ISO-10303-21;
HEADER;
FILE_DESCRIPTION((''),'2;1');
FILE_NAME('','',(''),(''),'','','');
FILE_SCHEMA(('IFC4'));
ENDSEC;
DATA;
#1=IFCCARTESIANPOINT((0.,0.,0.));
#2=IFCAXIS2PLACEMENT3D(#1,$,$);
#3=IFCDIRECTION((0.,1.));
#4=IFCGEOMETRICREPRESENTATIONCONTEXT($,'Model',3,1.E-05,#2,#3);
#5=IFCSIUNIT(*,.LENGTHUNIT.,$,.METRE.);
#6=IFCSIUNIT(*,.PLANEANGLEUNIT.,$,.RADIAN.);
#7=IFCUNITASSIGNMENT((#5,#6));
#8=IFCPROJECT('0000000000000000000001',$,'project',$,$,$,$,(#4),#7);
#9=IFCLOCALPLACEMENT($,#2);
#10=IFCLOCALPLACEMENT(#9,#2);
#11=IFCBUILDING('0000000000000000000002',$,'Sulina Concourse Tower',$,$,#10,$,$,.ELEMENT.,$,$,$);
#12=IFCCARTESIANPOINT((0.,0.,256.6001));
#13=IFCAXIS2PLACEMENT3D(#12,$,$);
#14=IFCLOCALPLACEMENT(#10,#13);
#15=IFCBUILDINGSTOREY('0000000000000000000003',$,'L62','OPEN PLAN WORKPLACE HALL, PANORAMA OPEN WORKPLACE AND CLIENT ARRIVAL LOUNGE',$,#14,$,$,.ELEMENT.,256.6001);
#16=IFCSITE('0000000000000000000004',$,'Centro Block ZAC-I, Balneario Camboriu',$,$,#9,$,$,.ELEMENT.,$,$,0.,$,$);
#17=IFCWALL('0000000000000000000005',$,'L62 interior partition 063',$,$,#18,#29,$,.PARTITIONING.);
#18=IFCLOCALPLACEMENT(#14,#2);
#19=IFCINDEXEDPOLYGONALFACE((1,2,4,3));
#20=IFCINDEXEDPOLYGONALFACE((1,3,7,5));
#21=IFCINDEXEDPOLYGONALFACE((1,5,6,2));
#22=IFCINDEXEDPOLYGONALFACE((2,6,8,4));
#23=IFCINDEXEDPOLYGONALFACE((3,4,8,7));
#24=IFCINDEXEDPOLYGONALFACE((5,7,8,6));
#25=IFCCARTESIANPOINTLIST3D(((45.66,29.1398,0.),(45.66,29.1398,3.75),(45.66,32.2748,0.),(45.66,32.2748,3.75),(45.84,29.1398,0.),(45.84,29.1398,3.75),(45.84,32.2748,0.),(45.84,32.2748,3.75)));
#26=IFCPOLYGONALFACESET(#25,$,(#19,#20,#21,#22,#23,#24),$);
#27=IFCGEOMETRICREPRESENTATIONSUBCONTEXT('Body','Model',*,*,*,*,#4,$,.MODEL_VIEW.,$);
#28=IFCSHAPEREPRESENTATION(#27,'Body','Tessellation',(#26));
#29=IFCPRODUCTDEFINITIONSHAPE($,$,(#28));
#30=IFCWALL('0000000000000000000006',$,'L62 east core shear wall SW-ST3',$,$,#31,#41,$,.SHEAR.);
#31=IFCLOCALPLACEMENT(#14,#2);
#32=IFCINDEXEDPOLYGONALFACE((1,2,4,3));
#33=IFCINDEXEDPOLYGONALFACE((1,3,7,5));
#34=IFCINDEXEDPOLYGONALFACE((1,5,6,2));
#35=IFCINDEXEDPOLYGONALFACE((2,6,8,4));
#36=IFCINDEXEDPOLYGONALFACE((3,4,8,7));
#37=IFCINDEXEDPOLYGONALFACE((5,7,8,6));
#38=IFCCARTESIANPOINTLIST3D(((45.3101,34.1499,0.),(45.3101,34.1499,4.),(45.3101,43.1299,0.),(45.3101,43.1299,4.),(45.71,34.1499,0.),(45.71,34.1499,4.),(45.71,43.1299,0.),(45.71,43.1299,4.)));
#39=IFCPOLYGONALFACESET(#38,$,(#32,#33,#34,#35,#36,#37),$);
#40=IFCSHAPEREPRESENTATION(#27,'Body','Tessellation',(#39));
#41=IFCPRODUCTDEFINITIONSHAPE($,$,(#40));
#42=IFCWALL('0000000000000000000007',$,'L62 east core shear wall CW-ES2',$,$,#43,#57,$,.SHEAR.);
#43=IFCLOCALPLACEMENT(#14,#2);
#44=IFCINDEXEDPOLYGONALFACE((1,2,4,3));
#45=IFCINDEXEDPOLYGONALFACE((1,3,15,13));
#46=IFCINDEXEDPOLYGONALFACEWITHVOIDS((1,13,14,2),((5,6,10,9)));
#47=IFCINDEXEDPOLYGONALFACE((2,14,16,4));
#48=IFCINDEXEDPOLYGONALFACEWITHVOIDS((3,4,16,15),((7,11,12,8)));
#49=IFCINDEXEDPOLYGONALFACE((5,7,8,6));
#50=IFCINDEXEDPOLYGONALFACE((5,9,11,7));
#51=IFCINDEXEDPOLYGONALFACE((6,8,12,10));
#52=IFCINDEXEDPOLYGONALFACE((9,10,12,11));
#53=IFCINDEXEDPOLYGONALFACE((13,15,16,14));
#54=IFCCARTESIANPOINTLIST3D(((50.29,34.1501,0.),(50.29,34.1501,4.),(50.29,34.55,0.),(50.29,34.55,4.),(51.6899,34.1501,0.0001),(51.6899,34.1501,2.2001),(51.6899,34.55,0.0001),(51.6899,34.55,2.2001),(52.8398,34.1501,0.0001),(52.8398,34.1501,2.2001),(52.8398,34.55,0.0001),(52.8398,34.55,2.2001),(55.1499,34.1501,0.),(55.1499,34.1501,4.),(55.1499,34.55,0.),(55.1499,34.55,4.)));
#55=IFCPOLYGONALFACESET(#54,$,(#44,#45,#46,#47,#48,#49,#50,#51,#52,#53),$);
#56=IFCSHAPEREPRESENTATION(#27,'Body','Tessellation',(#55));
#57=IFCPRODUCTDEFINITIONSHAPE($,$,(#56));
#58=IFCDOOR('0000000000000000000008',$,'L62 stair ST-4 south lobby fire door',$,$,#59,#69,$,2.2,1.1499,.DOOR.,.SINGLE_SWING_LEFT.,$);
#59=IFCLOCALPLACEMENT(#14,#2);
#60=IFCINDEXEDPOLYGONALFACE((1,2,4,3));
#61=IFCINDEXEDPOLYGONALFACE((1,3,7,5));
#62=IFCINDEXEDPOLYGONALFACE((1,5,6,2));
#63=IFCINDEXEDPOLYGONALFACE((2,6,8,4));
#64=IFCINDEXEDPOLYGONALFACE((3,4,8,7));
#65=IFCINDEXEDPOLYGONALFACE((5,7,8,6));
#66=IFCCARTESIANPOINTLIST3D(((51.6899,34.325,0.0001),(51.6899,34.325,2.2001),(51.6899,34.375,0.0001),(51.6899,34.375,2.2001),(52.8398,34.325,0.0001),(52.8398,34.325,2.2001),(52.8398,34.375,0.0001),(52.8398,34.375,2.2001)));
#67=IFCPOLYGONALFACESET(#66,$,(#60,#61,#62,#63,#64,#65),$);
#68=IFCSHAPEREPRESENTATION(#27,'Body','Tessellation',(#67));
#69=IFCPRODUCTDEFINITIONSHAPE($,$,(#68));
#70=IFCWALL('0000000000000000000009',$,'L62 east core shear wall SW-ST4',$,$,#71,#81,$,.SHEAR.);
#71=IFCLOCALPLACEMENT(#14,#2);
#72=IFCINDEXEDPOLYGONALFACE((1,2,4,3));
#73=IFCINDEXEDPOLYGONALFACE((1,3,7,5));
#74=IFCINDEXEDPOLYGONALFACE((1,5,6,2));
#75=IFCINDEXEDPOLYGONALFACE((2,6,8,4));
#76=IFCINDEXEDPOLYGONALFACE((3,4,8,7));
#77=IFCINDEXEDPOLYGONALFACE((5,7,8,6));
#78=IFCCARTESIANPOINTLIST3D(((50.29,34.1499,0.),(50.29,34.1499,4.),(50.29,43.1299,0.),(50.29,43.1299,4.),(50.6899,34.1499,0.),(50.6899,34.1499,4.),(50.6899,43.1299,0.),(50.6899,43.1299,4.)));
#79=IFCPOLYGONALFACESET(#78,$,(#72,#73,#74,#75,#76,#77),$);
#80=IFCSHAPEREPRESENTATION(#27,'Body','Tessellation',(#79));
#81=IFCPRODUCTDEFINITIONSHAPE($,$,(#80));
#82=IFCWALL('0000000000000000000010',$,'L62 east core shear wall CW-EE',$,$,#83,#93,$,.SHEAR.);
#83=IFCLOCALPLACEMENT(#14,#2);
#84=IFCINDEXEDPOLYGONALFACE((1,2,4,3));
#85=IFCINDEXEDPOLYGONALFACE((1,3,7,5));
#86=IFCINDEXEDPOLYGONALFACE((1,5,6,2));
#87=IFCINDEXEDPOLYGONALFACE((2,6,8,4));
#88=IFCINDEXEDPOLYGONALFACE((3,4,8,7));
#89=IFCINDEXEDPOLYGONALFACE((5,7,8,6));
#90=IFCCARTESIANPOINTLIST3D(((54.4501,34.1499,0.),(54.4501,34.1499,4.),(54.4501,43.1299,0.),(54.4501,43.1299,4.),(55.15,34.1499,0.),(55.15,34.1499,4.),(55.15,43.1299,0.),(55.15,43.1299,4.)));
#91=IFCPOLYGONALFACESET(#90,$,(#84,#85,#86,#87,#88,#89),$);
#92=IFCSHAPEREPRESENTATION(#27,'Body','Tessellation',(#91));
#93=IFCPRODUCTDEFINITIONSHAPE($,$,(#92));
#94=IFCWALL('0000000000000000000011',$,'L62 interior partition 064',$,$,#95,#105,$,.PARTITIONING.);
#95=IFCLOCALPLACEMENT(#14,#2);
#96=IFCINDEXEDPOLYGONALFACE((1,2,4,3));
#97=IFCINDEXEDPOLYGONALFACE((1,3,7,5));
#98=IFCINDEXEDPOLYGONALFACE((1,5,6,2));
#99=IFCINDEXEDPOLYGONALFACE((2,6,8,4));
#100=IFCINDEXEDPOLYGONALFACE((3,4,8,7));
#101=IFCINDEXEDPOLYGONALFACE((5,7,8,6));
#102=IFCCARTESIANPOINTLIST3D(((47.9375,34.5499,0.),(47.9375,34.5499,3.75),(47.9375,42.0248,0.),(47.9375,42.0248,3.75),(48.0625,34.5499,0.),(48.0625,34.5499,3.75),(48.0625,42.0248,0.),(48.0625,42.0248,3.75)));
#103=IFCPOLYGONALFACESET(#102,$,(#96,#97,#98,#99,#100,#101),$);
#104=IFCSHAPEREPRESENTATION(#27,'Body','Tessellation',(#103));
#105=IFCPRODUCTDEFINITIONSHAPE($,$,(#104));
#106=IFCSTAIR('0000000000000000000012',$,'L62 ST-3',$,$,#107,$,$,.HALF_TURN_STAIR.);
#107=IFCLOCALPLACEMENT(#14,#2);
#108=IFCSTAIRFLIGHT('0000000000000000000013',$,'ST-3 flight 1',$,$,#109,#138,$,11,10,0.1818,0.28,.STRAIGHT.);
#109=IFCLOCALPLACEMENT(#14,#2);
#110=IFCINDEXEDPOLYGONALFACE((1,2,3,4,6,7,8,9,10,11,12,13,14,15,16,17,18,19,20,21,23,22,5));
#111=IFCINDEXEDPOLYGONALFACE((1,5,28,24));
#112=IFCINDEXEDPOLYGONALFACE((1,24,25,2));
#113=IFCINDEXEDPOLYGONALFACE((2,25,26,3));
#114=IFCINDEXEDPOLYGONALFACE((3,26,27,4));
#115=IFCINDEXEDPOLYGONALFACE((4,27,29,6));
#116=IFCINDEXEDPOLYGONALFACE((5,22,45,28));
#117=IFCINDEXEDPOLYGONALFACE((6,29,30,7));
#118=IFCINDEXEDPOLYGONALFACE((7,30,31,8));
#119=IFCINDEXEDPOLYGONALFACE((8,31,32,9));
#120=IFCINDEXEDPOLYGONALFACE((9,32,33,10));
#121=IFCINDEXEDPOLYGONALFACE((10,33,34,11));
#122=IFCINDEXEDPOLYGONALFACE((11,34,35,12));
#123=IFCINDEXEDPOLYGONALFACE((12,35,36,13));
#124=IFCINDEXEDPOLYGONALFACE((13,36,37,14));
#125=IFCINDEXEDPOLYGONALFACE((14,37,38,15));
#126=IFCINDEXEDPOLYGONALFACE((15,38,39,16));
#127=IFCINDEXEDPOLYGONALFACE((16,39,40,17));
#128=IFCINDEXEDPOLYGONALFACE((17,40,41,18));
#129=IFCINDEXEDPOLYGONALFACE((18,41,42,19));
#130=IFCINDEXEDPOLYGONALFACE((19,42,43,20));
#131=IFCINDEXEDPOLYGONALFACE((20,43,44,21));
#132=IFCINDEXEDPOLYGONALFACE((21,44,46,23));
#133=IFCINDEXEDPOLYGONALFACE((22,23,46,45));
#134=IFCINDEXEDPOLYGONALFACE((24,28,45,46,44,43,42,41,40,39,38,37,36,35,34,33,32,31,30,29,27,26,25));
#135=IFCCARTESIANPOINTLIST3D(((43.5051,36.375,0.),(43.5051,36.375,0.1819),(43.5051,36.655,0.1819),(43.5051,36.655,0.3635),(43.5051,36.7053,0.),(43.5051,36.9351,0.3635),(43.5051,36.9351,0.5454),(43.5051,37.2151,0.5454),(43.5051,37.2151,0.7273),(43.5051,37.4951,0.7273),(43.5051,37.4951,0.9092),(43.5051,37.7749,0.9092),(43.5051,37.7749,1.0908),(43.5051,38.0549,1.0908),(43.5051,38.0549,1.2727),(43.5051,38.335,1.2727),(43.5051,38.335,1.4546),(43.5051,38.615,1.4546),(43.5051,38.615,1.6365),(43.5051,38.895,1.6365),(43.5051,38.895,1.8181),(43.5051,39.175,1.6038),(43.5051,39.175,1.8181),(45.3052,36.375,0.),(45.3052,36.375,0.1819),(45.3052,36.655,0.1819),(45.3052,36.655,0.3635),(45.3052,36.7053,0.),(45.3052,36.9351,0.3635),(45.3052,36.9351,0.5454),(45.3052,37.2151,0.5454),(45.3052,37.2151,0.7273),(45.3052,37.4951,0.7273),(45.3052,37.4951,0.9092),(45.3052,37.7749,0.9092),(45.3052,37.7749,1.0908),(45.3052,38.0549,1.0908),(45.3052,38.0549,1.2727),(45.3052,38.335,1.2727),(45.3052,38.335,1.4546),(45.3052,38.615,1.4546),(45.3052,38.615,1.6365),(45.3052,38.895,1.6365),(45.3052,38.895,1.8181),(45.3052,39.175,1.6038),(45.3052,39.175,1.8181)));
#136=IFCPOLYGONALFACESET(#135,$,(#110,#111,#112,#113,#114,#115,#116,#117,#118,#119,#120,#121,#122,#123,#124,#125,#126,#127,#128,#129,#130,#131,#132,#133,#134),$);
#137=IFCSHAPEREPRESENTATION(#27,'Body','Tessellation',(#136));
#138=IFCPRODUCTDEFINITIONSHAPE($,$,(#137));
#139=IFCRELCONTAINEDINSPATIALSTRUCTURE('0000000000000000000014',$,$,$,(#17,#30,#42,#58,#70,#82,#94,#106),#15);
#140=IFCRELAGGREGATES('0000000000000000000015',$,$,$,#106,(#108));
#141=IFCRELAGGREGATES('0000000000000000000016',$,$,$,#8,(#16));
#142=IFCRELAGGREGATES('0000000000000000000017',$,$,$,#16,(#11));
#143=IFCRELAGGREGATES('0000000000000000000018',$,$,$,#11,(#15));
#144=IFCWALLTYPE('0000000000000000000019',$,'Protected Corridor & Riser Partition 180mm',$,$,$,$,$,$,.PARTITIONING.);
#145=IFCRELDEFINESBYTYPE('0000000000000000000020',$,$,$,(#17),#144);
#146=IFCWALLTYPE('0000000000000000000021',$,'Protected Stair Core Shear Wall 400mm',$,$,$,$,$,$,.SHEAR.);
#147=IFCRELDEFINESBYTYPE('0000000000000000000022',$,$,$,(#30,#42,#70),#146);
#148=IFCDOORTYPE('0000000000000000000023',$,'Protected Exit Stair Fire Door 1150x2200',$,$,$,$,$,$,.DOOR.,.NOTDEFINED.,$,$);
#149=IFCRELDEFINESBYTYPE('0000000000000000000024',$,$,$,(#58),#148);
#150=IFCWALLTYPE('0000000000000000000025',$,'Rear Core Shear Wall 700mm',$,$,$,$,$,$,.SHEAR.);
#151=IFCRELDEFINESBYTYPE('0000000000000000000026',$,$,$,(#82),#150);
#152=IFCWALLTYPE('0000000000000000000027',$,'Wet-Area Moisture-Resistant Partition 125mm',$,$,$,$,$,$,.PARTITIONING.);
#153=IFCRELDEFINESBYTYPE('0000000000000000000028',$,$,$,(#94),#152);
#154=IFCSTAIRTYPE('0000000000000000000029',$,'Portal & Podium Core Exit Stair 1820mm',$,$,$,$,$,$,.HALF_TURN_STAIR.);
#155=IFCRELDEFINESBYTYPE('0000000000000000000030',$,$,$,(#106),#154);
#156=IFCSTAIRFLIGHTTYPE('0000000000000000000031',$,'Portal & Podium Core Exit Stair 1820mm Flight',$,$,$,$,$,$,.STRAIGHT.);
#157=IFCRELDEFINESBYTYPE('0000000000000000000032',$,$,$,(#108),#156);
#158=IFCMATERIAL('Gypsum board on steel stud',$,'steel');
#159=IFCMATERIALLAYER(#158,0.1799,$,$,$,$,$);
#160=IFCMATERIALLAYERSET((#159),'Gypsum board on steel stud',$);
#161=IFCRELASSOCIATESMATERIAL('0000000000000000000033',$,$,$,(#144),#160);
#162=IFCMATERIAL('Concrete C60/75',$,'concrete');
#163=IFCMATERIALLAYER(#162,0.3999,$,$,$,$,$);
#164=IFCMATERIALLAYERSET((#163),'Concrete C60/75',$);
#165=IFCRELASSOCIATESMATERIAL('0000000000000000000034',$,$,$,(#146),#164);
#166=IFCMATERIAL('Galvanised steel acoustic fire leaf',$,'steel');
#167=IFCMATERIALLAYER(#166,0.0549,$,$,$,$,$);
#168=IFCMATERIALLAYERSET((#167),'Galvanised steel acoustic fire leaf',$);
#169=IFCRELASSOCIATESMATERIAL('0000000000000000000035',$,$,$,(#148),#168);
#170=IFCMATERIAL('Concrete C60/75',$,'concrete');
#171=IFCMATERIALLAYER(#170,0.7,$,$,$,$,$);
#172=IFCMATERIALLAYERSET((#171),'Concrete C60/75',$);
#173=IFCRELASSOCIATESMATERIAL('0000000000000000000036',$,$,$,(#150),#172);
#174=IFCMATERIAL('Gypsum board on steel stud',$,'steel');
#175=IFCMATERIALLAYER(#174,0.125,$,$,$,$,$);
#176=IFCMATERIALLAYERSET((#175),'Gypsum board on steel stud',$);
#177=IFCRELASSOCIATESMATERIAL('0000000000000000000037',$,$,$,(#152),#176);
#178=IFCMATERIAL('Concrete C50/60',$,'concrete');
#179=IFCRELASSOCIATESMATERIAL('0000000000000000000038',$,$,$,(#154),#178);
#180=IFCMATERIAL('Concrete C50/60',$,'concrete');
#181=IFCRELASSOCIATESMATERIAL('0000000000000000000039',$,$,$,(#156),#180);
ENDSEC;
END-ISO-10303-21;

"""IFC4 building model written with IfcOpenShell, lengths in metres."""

from ifc_helpers import new_model, si_unit, direction, frame, frame_2d, origin, place, context, subcontext, project, spatial, polyline, rectangle, outline, extrude, material, layer, layer_set, type_object, element, fill, aggregate, save


model = new_model("IFC4")

# Units and contexts
model_context = context("Model", 3, precision=1e-05, world=origin(), true_north=direction((0.0, 1.0)))
body_context = subcontext(model_context, "Body", "Model", "MODEL_VIEW")
ifc_project = project(units=[si_unit("LENGTHUNIT", "METRE"), si_unit("PLANEANGLEUNIT", "RADIAN")], contexts=[model_context])

# Site, building, storey
site_placement = place(None, origin())
site = spatial("IfcSite", under=ifc_project, at=site_placement, Name="Centro Block ZAC-I, Balneario Camboriu", CompositionType="ELEMENT", RefElevation=0.0)
building_placement = place(site_placement, origin())
building = spatial("IfcBuilding", under=site, at=building_placement, Name="Sulina Concourse Tower", CompositionType="ELEMENT")
storey_placement = place(building_placement, frame((0.0, 0.0, 256.6001)))
storey = spatial("IfcBuildingStorey", under=building, at=storey_placement, Name="L62", Description="OPEN PLAN WORKPLACE HALL, PANORAMA OPEN WORKPLACE AND CLIENT ARRIVAL LOUNGE", CompositionType="ELEMENT", Elevation=256.6001)

# Shared definitions
ifc_material_1 = material(Name="Gypsum board on steel stud", Category="steel")
ifc_layer_1 = layer(ifc_material_1, 0.1799)
ifc_layer_set_1 = layer_set([ifc_layer_1], Name="Gypsum board on steel stud")
wall_type_1 = type_object("IfcWallType", Name="Protected Corridor & Riser Partition 180mm", PredefinedType="PARTITIONING", material=ifc_layer_set_1)

# Walls
wall_1_placement = place(storey_placement, frame((45.75, 29.1399, 0.0), z_axis=(0.0, 0.0, 1.0), x_axis=(0.0, 1.0, 0.0)))
element("IfcWall", 1, at=wall_1_placement, inside=storey, type_object=wall_type_1, Name="L62 interior partition 063", PredefinedType="PARTITIONING", context=body_context, shape_type="SweptSolid", body=[
    extrude(rectangle(XDim=3.135, YDim=0.1799, at=frame_2d((1.5674, 0.0))), origin(), (0.0, 0.0, 1.0), 3.75),
])
ifc_material_2 = material(Name="Concrete C60/75", Category="concrete")
ifc_layer_2 = layer(ifc_material_2, 0.3999)
ifc_layer_set_2 = layer_set([ifc_layer_2], Name="Concrete C60/75")
wall_type_2 = type_object("IfcWallType", Name="Protected Stair Core Shear Wall 400mm", PredefinedType="SHEAR", material=ifc_layer_set_2)
wall_2_placement = place(storey_placement, frame((45.51, 34.1499, 0.0), z_axis=(0.0, 0.0, 1.0), x_axis=(0.0, 1.0, 0.0)))
element("IfcWall", 2, at=wall_2_placement, inside=storey, type_object=wall_type_2, Name="L62 east core shear wall SW-ST3", PredefinedType="SHEAR", context=body_context, shape_type="SweptSolid", body=[
    extrude(rectangle(XDim=8.98, YDim=0.3999, at=frame_2d((4.49, 0.0))), origin(), (0.0, 0.0, 1.0), 4.0),
])

# Wall, opening, door
wall_3_placement = place(storey_placement, frame((50.29, 34.3501, 0.0), z_axis=(0.0, 0.0, 1.0), x_axis=(1.0, 0.0, 0.0)))
wall_3 = element("IfcWall", 3, at=wall_3_placement, inside=storey, type_object=wall_type_2, Name="L62 east core shear wall CW-ES2", PredefinedType="SHEAR", context=body_context, shape_type="SweptSolid", body=[
    extrude(rectangle(XDim=4.8599, YDim=0.3999, at=frame_2d((2.4299, 0.0))), origin(), (0.0, 0.0, 1.0), 4.0),
])
opening_1_placement = place(wall_3_placement, frame((1.3999, 0.0, 0.0)))
opening_1 = element("IfcOpeningElement", 4, at=opening_1_placement, cuts=wall_3, PredefinedType="OPENING", context=body_context, shape_type="SweptSolid", body=[
    extrude(rectangle(XDim=1.1499, YDim=2.2, at=frame_2d((0.575, 1.1001))), frame((0.0, 0.21, 0.0), z_axis=(0.0, -1.0, 0.0), x_axis=(1.0, 0.0, 0.0)), (0.0, 0.0, 1.0), 0.4199),
])
ifc_material_3 = material(Name="Galvanised steel acoustic fire leaf", Category="steel")
ifc_layer_3 = layer(ifc_material_3, 0.0549)
ifc_layer_set_3 = layer_set([ifc_layer_3], Name="Galvanised steel acoustic fire leaf")
door_type_1 = type_object("IfcDoorType", Name="Protected Exit Stair Fire Door 1150x2200", OperationType="NOTDEFINED", PredefinedType="DOOR", material=ifc_layer_set_3)
door_1_placement = place(opening_1_placement, origin())
door_1 = element("IfcDoor", 5, at=door_1_placement, inside=storey, type_object=door_type_1, Name="L62 stair ST-4 south lobby fire door", OperationType="SINGLE_SWING_LEFT", OverallHeight=2.2, OverallWidth=1.1499, PredefinedType="DOOR", context=body_context, shape_type="SweptSolid", body=[
    extrude(rectangle(XDim=1.1499, YDim=2.2, at=frame_2d((0.575, 1.1001))), frame((0.0, 0.0249, 0.0), z_axis=(0.0, -1.0, 0.0), x_axis=(1.0, 0.0, 0.0)), (0.0, 0.0, 1.0), 0.05),
])
fill(opening_1, door_1)

# Walls
wall_4_placement = place(storey_placement, frame((50.49, 34.1499, 0.0), z_axis=(0.0, 0.0, 1.0), x_axis=(0.0, 1.0, 0.0)))
element("IfcWall", 6, at=wall_4_placement, inside=storey, type_object=wall_type_2, Name="L62 east core shear wall SW-ST4", PredefinedType="SHEAR", context=body_context, shape_type="SweptSolid", body=[
    extrude(rectangle(XDim=8.98, YDim=0.3999, at=frame_2d((4.49, 0.0))), origin(), (0.0, 0.0, 1.0), 4.0),
])
ifc_material_4 = material(Name="Concrete C60/75", Category="concrete")
ifc_layer_4 = layer(ifc_material_4, 0.7)
ifc_layer_set_4 = layer_set([ifc_layer_4], Name="Concrete C60/75")
wall_type_3 = type_object("IfcWallType", Name="Rear Core Shear Wall 700mm", PredefinedType="SHEAR", material=ifc_layer_set_4)
wall_5_placement = place(storey_placement, frame((54.8, 34.1499, 0.0), z_axis=(0.0, 0.0, 1.0), x_axis=(0.0, 1.0, 0.0)))
element("IfcWall", 7, at=wall_5_placement, inside=storey, type_object=wall_type_3, Name="L62 east core shear wall CW-EE", PredefinedType="SHEAR", context=body_context, shape_type="SweptSolid", body=[
    extrude(rectangle(XDim=8.98, YDim=0.7, at=frame_2d((4.49, 0.0))), origin(), (0.0, 0.0, 1.0), 4.0),
])
ifc_material_5 = material(Name="Gypsum board on steel stud", Category="steel")
ifc_layer_5 = layer(ifc_material_5, 0.125)
ifc_layer_set_5 = layer_set([ifc_layer_5], Name="Gypsum board on steel stud")
wall_type_4 = type_object("IfcWallType", Name="Wet-Area Moisture-Resistant Partition 125mm", PredefinedType="PARTITIONING", material=ifc_layer_set_5)
wall_6_placement = place(storey_placement, frame((48.0, 34.55, 0.0), z_axis=(0.0, 0.0, 1.0), x_axis=(0.0, 1.0, 0.0)))
element("IfcWall", 8, at=wall_6_placement, inside=storey, type_object=wall_type_4, Name="L62 interior partition 064", PredefinedType="PARTITIONING", context=body_context, shape_type="SweptSolid", body=[
    extrude(rectangle(XDim=7.4749, YDim=0.125, at=frame_2d((3.7373, 0.0))), origin(), (0.0, 0.0, 1.0), 3.75),
])

# Stair, stair flight
ifc_material_6 = material(Name="Concrete C50/60", Category="concrete")
stair_type = type_object("IfcStairType", Name="Portal & Podium Core Exit Stair 1820mm", PredefinedType="HALF_TURN_STAIR", material=ifc_material_6)
stair_placement = place(storey_placement, origin())
stair = element("IfcStair", 9, at=stair_placement, inside=storey, type_object=stair_type, Name="L62 ST-3", PredefinedType="HALF_TURN_STAIR")
ifc_material_7 = material(Name="Concrete C50/60", Category="concrete")
stair_flight_type = type_object("IfcStairFlightType", Name="Portal & Podium Core Exit Stair 1820mm Flight", PredefinedType="STRAIGHT", material=ifc_material_7)
stair_flight_placement = place(storey_placement, frame((44.405, 36.375, 0.0), z_axis=(0.0, 0.0, 1.0), x_axis=(0.0, 1.0, 0.0)))
stair_flight = element("IfcStairFlight", 10, at=stair_flight_placement, type_object=stair_flight_type, Name="ST-3 flight 1", NumberOfRisers=11, NumberOfTreads=10, PredefinedType="STRAIGHT", RiserHeight=0.1818, TreadLength=0.28, context=body_context, shape_type="SweptSolid", body=[
    extrude(outline(polyline([(0.0, 0.0), (0.0, 0.1819), (0.28, 0.1819), (0.28, 0.3635), (0.5601, 0.3635), (0.5601, 0.5454), (0.8401, 0.5454), (0.8401, 0.7273), (1.1201, 0.7273), (1.1201, 0.9092), (1.3999, 0.9092), (1.3999, 1.0908), (1.6799, 1.0908), (1.6799, 1.2727), (1.96, 1.2727), (1.96, 1.4546), (2.24, 1.4546), (2.24, 1.6365), (2.52, 1.6365), (2.52, 1.8181), (2.8, 1.8181), (2.8, 2.0), (2.8, 1.6038), (0.3303, 0.0), (0.0, 0.0)])), frame((0.0, 0.8999, 0.0), z_axis=(0.0, -1.0, 0.0), x_axis=(1.0, 0.0, 0.0)), (0.0, 0.0, 1.0), 1.8),
])
aggregate(stair, [stair_flight])

save(model, "model.ifc")
